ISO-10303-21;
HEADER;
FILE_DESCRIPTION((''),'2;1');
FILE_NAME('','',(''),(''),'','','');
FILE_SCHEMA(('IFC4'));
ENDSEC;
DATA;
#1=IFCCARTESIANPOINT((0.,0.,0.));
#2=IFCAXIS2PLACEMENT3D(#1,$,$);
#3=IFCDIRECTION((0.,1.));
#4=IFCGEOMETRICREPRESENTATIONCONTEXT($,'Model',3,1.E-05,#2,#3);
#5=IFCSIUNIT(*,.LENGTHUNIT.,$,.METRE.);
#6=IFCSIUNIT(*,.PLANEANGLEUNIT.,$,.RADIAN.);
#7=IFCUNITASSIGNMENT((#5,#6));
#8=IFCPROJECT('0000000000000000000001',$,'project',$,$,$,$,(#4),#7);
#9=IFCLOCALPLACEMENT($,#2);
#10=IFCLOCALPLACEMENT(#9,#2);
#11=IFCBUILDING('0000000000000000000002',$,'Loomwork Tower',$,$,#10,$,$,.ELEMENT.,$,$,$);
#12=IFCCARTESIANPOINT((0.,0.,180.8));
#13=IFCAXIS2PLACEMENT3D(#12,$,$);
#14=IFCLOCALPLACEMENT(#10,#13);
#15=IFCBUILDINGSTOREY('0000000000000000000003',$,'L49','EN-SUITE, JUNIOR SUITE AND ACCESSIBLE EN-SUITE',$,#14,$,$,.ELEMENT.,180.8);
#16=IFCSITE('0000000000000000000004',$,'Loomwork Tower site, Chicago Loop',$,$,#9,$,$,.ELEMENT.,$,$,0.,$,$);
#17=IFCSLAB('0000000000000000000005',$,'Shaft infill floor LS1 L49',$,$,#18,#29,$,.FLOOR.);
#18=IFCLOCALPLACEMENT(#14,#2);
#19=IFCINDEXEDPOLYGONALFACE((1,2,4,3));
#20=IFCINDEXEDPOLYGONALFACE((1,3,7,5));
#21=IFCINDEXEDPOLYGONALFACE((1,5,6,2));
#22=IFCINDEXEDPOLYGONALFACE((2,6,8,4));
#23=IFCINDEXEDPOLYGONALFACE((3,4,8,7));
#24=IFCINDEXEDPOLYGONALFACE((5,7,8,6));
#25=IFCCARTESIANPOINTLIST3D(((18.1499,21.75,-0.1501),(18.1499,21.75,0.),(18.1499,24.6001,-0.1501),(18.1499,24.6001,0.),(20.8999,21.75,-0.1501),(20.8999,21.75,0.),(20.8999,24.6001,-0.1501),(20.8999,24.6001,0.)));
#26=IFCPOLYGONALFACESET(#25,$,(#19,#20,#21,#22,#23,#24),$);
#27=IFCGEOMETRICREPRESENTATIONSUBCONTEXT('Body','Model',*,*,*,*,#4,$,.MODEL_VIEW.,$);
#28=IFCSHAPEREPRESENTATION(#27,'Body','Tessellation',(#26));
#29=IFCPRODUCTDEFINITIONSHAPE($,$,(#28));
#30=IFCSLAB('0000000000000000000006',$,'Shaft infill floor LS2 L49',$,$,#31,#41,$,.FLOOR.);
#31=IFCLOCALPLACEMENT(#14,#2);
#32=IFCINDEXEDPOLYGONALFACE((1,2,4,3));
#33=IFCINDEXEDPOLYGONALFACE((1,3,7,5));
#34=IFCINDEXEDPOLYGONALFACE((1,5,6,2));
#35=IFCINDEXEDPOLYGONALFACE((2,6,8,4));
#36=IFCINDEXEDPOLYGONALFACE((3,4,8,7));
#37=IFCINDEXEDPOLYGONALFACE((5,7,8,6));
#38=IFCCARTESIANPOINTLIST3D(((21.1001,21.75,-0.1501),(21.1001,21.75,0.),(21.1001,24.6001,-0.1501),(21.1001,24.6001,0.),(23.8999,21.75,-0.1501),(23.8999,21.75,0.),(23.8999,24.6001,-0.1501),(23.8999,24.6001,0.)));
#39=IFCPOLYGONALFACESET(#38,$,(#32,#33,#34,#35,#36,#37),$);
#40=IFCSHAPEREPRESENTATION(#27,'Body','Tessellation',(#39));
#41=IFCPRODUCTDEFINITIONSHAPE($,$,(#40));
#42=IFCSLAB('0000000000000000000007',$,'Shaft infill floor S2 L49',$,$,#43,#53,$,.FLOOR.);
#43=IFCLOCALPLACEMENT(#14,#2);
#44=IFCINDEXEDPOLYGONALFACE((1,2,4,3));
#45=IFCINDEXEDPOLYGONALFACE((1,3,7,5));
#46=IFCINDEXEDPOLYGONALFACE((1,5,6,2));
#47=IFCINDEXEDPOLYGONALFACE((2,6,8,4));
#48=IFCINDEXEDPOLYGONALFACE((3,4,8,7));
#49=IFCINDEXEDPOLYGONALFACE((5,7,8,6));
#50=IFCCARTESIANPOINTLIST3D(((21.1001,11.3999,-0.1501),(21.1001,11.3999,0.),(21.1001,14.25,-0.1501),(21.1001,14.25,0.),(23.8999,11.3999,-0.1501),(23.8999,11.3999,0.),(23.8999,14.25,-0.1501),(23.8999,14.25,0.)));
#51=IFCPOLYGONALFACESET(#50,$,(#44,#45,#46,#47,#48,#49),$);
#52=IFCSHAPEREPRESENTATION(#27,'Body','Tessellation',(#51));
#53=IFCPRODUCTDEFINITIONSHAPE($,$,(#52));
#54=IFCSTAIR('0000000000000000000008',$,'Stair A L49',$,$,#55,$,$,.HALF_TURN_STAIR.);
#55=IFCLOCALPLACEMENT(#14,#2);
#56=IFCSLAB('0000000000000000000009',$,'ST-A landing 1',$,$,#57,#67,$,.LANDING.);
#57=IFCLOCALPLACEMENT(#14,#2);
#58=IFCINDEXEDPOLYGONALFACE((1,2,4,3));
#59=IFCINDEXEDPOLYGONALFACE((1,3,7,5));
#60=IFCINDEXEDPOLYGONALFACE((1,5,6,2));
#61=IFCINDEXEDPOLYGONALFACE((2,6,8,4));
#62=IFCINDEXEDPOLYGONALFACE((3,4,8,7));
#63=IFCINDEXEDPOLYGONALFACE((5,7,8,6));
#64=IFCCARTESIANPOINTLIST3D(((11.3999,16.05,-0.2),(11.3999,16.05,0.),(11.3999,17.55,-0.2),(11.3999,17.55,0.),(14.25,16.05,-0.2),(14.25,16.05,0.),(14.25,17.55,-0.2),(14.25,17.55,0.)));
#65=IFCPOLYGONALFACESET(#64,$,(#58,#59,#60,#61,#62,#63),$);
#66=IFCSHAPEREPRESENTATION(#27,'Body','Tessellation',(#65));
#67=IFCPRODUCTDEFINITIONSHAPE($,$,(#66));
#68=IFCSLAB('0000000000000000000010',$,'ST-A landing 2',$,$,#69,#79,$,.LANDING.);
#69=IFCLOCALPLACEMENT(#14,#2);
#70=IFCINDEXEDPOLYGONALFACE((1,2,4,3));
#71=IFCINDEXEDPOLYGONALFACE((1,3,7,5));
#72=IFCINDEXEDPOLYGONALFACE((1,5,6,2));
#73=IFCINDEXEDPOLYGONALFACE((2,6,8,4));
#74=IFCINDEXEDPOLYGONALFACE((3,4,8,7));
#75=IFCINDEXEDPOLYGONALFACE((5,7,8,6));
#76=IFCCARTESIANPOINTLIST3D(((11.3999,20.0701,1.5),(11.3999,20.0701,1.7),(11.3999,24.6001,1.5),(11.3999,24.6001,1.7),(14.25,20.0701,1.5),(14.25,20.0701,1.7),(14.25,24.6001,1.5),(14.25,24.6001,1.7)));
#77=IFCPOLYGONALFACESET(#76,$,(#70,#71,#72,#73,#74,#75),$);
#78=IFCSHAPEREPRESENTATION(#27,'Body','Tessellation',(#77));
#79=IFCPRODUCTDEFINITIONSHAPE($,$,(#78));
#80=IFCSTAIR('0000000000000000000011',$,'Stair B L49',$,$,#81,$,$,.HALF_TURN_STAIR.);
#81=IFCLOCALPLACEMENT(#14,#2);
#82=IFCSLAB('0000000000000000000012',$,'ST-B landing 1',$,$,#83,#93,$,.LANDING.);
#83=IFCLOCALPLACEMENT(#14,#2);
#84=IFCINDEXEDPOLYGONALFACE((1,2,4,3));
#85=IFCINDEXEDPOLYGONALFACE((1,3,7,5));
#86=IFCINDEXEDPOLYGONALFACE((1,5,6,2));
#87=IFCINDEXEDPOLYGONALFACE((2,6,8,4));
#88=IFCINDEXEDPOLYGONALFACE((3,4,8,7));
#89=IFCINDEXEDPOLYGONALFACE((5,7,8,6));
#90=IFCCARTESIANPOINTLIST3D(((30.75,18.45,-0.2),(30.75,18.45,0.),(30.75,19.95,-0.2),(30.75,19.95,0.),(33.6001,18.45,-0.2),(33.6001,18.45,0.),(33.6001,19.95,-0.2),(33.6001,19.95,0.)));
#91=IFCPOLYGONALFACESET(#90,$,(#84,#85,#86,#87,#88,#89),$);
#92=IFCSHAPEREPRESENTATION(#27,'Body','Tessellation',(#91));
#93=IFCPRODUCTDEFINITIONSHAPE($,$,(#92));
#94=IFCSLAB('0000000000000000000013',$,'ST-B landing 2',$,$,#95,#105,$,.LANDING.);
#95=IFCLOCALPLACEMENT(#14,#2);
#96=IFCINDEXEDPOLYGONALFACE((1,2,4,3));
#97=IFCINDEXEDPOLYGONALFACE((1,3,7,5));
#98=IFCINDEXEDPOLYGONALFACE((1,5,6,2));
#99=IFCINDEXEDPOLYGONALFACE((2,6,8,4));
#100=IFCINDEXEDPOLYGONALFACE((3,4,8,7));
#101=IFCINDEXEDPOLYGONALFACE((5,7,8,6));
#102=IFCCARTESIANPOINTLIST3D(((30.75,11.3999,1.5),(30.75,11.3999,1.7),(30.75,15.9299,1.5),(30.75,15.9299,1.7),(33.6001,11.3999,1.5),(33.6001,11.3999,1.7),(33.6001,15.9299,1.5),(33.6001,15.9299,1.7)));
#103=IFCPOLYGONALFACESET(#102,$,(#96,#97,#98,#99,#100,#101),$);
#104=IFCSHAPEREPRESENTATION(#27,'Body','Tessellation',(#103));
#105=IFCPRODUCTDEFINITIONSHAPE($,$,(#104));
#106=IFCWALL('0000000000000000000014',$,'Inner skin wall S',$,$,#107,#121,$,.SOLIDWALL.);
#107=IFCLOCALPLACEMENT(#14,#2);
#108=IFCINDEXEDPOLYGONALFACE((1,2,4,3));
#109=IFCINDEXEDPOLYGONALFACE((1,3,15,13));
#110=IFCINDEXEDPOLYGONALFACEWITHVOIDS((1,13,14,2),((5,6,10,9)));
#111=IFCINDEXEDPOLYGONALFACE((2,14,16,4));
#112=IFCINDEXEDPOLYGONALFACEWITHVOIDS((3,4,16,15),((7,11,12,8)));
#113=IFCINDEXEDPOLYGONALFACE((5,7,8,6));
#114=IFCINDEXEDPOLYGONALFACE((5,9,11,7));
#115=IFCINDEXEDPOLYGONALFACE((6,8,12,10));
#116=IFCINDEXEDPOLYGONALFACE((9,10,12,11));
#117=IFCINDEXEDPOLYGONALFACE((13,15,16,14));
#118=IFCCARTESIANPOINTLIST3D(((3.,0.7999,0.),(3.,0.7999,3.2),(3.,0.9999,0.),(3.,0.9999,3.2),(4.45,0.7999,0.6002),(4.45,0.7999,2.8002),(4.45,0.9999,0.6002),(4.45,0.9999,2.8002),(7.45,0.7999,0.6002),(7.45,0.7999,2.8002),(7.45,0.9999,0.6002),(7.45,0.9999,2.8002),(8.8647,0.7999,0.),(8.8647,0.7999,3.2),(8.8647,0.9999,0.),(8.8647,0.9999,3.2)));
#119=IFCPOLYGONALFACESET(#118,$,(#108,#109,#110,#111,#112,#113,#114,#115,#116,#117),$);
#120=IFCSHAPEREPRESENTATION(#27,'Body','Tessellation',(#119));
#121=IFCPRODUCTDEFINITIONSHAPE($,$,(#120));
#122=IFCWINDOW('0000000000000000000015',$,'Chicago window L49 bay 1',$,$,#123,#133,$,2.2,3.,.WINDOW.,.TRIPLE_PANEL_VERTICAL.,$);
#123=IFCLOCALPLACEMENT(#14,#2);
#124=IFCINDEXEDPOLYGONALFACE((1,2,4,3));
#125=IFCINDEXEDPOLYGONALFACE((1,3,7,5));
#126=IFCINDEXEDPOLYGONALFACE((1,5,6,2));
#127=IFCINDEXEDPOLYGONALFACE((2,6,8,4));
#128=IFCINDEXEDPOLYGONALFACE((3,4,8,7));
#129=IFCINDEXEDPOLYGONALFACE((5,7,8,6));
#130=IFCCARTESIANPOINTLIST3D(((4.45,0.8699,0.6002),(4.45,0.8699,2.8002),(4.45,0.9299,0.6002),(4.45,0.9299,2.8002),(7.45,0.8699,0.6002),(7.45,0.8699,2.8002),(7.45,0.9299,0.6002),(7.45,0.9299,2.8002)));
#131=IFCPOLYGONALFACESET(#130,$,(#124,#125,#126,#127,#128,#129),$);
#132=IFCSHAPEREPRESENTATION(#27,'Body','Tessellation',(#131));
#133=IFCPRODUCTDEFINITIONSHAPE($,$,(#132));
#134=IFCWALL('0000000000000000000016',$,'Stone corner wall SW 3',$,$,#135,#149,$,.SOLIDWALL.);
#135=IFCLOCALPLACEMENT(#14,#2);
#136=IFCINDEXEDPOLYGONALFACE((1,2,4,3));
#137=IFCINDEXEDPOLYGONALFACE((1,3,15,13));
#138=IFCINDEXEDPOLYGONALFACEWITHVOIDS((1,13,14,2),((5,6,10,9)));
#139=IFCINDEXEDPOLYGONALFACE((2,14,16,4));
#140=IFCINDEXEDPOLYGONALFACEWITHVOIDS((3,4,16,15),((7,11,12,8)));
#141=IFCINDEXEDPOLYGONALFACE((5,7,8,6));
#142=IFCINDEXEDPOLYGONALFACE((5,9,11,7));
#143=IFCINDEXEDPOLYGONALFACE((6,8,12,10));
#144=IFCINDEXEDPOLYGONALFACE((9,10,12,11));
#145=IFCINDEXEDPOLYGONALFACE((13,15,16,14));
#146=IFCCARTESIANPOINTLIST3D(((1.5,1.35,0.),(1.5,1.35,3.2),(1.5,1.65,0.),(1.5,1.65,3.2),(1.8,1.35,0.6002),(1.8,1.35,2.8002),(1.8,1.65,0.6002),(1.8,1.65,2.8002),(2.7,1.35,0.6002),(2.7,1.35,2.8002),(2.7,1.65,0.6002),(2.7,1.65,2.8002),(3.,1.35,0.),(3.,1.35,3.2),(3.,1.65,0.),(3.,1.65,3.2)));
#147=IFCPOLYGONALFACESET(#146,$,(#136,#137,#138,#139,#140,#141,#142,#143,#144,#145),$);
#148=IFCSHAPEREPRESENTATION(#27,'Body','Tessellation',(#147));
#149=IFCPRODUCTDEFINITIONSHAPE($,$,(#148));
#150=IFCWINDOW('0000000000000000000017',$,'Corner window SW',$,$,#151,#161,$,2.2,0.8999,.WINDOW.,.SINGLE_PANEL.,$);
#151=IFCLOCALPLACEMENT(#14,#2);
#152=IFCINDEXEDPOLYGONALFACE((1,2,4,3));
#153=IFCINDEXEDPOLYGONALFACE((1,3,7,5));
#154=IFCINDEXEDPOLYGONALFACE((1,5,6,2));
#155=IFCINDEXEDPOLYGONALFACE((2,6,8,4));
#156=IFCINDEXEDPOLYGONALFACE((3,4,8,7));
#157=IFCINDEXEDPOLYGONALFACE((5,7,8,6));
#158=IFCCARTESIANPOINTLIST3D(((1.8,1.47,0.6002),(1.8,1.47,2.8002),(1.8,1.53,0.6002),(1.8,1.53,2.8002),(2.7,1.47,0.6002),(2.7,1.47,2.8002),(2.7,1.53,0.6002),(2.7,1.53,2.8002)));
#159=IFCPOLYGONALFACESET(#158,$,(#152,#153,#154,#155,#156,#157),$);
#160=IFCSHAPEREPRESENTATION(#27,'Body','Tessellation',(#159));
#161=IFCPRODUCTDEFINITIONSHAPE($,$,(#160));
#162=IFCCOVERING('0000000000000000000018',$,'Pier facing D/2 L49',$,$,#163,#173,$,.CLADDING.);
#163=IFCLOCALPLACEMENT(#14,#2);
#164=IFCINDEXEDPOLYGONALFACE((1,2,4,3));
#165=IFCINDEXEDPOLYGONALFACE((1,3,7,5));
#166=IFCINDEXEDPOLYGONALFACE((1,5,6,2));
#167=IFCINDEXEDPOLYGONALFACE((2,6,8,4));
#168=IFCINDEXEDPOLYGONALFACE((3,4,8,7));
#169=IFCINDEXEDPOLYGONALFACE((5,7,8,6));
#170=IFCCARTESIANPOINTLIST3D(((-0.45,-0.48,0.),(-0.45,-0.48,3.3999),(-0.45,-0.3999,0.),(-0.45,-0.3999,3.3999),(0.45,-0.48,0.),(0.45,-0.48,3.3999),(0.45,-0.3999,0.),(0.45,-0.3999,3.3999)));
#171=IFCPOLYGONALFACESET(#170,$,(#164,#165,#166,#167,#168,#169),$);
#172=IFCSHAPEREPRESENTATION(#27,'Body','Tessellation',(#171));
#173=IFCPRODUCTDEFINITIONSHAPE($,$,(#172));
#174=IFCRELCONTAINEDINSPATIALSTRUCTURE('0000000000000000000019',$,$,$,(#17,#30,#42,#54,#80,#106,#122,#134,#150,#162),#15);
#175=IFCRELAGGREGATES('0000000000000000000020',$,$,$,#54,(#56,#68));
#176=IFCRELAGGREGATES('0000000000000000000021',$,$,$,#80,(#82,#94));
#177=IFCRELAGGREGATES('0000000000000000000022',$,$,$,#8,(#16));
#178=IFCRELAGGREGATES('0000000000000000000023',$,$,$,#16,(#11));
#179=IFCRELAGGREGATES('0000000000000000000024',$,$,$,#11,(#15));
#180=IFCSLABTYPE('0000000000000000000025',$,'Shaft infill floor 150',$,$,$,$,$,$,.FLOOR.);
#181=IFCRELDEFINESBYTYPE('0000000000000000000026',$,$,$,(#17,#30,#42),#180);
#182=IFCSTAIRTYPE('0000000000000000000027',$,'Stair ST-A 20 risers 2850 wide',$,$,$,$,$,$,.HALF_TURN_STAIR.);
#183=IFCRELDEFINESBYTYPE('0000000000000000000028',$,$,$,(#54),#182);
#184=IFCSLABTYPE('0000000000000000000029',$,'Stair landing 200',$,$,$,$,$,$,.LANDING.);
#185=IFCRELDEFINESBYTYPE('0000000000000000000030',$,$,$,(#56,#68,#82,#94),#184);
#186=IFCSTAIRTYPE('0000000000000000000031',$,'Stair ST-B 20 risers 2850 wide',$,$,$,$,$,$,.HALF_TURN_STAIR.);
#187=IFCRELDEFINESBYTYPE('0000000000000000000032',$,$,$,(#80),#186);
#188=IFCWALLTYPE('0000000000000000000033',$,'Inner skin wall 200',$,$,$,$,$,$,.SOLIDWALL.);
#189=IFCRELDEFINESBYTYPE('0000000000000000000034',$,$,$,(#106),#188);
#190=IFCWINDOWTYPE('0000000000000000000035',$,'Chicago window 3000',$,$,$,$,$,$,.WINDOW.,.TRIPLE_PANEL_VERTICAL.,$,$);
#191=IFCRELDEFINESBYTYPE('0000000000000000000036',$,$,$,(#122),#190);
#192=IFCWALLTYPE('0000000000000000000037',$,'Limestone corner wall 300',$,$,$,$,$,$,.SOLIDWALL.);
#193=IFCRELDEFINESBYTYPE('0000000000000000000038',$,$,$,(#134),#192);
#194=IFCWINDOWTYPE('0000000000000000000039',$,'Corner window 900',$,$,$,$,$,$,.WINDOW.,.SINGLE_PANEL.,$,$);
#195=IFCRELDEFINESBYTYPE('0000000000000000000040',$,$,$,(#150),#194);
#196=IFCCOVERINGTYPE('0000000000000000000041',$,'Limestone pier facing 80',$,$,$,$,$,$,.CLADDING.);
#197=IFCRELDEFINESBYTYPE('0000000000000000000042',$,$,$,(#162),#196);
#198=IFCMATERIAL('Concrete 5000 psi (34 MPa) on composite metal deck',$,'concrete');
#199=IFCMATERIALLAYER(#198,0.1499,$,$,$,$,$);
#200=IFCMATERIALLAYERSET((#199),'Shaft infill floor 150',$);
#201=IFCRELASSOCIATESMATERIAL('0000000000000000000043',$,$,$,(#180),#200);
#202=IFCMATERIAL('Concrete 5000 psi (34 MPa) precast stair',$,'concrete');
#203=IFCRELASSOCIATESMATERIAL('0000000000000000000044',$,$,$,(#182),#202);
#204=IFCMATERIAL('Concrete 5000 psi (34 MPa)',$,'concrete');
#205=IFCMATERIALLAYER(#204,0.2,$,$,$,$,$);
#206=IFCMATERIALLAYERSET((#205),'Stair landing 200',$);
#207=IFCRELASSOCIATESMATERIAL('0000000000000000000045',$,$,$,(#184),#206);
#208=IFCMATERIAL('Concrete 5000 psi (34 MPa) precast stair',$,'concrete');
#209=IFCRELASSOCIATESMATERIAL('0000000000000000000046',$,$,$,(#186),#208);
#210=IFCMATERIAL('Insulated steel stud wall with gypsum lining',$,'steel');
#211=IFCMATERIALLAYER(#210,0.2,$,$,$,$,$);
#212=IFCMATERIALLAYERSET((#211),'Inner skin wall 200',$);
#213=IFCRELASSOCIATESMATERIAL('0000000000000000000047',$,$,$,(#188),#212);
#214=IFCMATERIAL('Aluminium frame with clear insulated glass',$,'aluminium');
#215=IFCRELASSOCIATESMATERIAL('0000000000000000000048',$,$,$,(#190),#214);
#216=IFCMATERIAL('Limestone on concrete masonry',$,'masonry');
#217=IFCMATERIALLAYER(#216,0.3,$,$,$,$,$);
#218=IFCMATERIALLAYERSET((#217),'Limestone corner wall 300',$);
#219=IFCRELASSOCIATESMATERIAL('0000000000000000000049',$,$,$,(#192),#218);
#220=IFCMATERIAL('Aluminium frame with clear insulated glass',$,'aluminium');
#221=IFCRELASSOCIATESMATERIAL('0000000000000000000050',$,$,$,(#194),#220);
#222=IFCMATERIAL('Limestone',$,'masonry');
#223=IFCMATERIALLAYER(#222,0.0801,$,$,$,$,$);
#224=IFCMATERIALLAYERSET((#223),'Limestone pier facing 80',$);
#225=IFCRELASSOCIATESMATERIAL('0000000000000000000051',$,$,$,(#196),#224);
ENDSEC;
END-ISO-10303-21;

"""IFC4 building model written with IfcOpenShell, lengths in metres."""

from ifc_helpers import new_model, si_unit, direction, frame, frame_2d, origin, origin_2d, place, context, subcontext, project, spatial, polyline, rectangle, outline, extrude, material, layer, layer_set, type_object, element, fill, aggregate, save


model = new_model("IFC4")

# Units and contexts
model_context = context("Model", 3, precision=1e-05, world=origin(), true_north=direction((0.0, 1.0)))
body_context = subcontext(model_context, "Body", "Model", "MODEL_VIEW")
ifc_project = project(units=[si_unit("LENGTHUNIT", "METRE"), si_unit("PLANEANGLEUNIT", "RADIAN")], contexts=[model_context])

# Site, building, storey
site_placement = place(None, origin())
site = spatial("IfcSite", under=ifc_project, at=site_placement, Name="Loomwork Tower site, Chicago Loop", CompositionType="ELEMENT", RefElevation=0.0)
building_placement = place(site_placement, origin())
building = spatial("IfcBuilding", under=site, at=building_placement, Name="Loomwork Tower", CompositionType="ELEMENT")
storey_placement = place(building_placement, frame((0.0, 0.0, 180.8)))
storey = spatial("IfcBuildingStorey", under=building, at=storey_placement, Name="L49", Description="EN-SUITE, JUNIOR SUITE AND ACCESSIBLE EN-SUITE", CompositionType="ELEMENT", Elevation=180.8)

# Slabs
ifc_material_1 = material(Name="Concrete 5000 psi (34 MPa) on composite metal deck", Category="concrete")
ifc_layer_1 = layer(ifc_material_1, 0.1499)
ifc_layer_set_1 = layer_set([ifc_layer_1], Name="Shaft infill floor 150")
slab_type_1 = type_object("IfcSlabType", Name="Shaft infill floor 150", PredefinedType="FLOOR", material=ifc_layer_set_1)
slab_1_placement = place(storey_placement, frame((0.0, 0.0, -0.1501)))
element("IfcSlab", 1, at=slab_1_placement, inside=storey, type_object=slab_type_1, Name="Shaft infill floor LS1 L49", PredefinedType="FLOOR", context=body_context, shape_type="SweptSolid", body=[
    extrude(outline(polyline([(18.1499, 21.75), (20.8999, 21.75), (20.8999, 24.6001), (18.1499, 24.6001), (18.1499, 21.75)])), origin(), (0.0, 0.0, 1.0), 0.1501),
])
slab_2_placement = place(storey_placement, frame((0.0, 0.0, -0.1501)))
element("IfcSlab", 2, at=slab_2_placement, inside=storey, type_object=slab_type_1, Name="Shaft infill floor LS2 L49", PredefinedType="FLOOR", context=body_context, shape_type="SweptSolid", body=[
    extrude(outline(polyline([(21.1001, 21.75), (23.8999, 21.75), (23.8999, 24.6001), (21.1001, 24.6001), (21.1001, 21.75)])), origin(), (0.0, 0.0, 1.0), 0.1501),
])
slab_3_placement = place(storey_placement, frame((0.0, 0.0, -0.1501)))
element("IfcSlab", 3, at=slab_3_placement, inside=storey, type_object=slab_type_1, Name="Shaft infill floor S2 L49", PredefinedType="FLOOR", context=body_context, shape_type="SweptSolid", body=[
    extrude(outline(polyline([(21.1001, 11.3999), (23.8999, 11.3999), (23.8999, 14.25), (21.1001, 14.25), (21.1001, 11.3999)])), origin(), (0.0, 0.0, 1.0), 0.1501),
])

# Stairs, slabs
ifc_material_2 = material(Name="Concrete 5000 psi (34 MPa) precast stair", Category="concrete")
stair_type_1 = type_object("IfcStairType", Name="Stair ST-A 20 risers 2850 wide", PredefinedType="HALF_TURN_STAIR", material=ifc_material_2)
stair_1_placement = place(storey_placement, origin())
stair_1 = element("IfcStair", 4, at=stair_1_placement, inside=storey, type_object=stair_type_1, Name="Stair A L49", PredefinedType="HALF_TURN_STAIR")
ifc_material_3 = material(Name="Concrete 5000 psi (34 MPa)", Category="concrete")
ifc_layer_2 = layer(ifc_material_3, 0.2)
ifc_layer_set_2 = layer_set([ifc_layer_2], Name="Stair landing 200")
slab_type_2 = type_object("IfcSlabType", Name="Stair landing 200", PredefinedType="LANDING", material=ifc_layer_set_2)
slab_4_placement = place(storey_placement, frame((0.0, 0.0, -0.2)))
slab_4 = element("IfcSlab", 5, at=slab_4_placement, type_object=slab_type_2, Name="ST-A landing 1", PredefinedType="LANDING", context=body_context, shape_type="SweptSolid", body=[
    extrude(outline(polyline([(11.3999, 16.05), (14.25, 16.05), (14.25, 17.55), (11.3999, 17.55), (11.3999, 16.05)])), origin(), (0.0, 0.0, 1.0), 0.2),
])
slab_5_placement = place(storey_placement, frame((0.0, 0.0, 1.5)))
slab_5 = element("IfcSlab", 6, at=slab_5_placement, type_object=slab_type_2, Name="ST-A landing 2", PredefinedType="LANDING", context=body_context, shape_type="SweptSolid", body=[
    extrude(outline(polyline([(11.3999, 20.0701), (14.25, 20.0701), (14.25, 24.6001), (11.3999, 24.6001), (11.3999, 20.0701)])), origin(), (0.0, 0.0, 1.0), 0.2),
])
aggregate(stair_1, [slab_4, slab_5])
ifc_material_4 = material(Name="Concrete 5000 psi (34 MPa) precast stair", Category="concrete")
stair_type_2 = type_object("IfcStairType", Name="Stair ST-B 20 risers 2850 wide", PredefinedType="HALF_TURN_STAIR", material=ifc_material_4)
stair_2_placement = place(storey_placement, origin())
stair_2 = element("IfcStair", 7, at=stair_2_placement, inside=storey, type_object=stair_type_2, Name="Stair B L49", PredefinedType="HALF_TURN_STAIR")
slab_6_placement = place(storey_placement, frame((0.0, 0.0, -0.2)))
slab_6 = element("IfcSlab", 8, at=slab_6_placement, type_object=slab_type_2, Name="ST-B landing 1", PredefinedType="LANDING", context=body_context, shape_type="SweptSolid", body=[
    extrude(outline(polyline([(30.75, 18.45), (33.6001, 18.45), (33.6001, 19.95), (30.75, 19.95), (30.75, 18.45)])), origin(), (0.0, 0.0, 1.0), 0.2),
])
slab_7_placement = place(storey_placement, frame((0.0, 0.0, 1.5)))
slab_7 = element("IfcSlab", 9, at=slab_7_placement, type_object=slab_type_2, Name="ST-B landing 2", PredefinedType="LANDING", context=body_context, shape_type="SweptSolid", body=[
    extrude(outline(polyline([(30.75, 11.3999), (33.6001, 11.3999), (33.6001, 15.9299), (30.75, 15.9299), (30.75, 11.3999)])), origin(), (0.0, 0.0, 1.0), 0.2),
])
aggregate(stair_2, [slab_6, slab_7])

# Walls, openings, windows
ifc_material_5 = material(Name="Insulated steel stud wall with gypsum lining", Category="steel")
ifc_layer_3 = layer(ifc_material_5, 0.2)
ifc_layer_set_3 = layer_set([ifc_layer_3], Name="Inner skin wall 200")
wall_type_1 = type_object("IfcWallType", Name="Inner skin wall 200", PredefinedType="SOLIDWALL", material=ifc_layer_set_3)
wall_1_placement = place(storey_placement, frame((3.0, 0.8999, 0.0), z_axis=(0.0, 0.0, 1.0), x_axis=(1.0, 0.0, 0.0)))
wall_1 = element("IfcWall", 10, at=wall_1_placement, inside=storey, type_object=wall_type_1, Name="Inner skin wall S", PredefinedType="SOLIDWALL", context=body_context, shape_type="SweptSolid", body=[
    extrude(rectangle(XDim=5.8647, YDim=0.2, at=frame_2d((2.9324, 0.0))), origin(), (0.0, 0.0, 1.0), 3.2),
])
opening_1_placement = place(wall_1_placement, frame((1.45, 0.0, 0.6001)))
opening_1 = element("IfcOpeningElement", 11, at=opening_1_placement, cuts=wall_1, PredefinedType="OPENING", context=body_context, shape_type="SweptSolid", body=[
    extrude(rectangle(XDim=3.0, YDim=2.2, at=frame_2d((1.5, 1.1001))), frame((0.0, 0.1099, 0.0), z_axis=(0.0, -1.0, 0.0), x_axis=(1.0, 0.0, 0.0)), (0.0, 0.0, 1.0), 0.22),
])
ifc_material_6 = material(Name="Aluminium frame with clear insulated glass", Category="aluminium")
window_type_1 = type_object("IfcWindowType", Name="Chicago window 3000", PartitioningType="TRIPLE_PANEL_VERTICAL", PredefinedType="WINDOW", material=ifc_material_6)
window_1_placement = place(opening_1_placement, origin())
window_1 = element("IfcWindow", 12, at=window_1_placement, inside=storey, type_object=window_type_1, Name="Chicago window L49 bay 1", OverallHeight=2.2, OverallWidth=3.0, PartitioningType="TRIPLE_PANEL_VERTICAL", PredefinedType="WINDOW", context=body_context, shape_type="SweptSolid", body=[
    extrude(rectangle(XDim=3.0, YDim=2.2, at=frame_2d((1.5, 1.1001))), frame((0.0, 0.03, 0.0), z_axis=(0.0, -1.0, 0.0), x_axis=(1.0, 0.0, 0.0)), (0.0, 0.0, 1.0), 0.0601),
])
fill(opening_1, window_1)
ifc_material_7 = material(Name="Limestone on concrete masonry", Category="masonry")
ifc_layer_4 = layer(ifc_material_7, 0.3)
ifc_layer_set_4 = layer_set([ifc_layer_4], Name="Limestone corner wall 300")
wall_type_2 = type_object("IfcWallType", Name="Limestone corner wall 300", PredefinedType="SOLIDWALL", material=ifc_layer_set_4)
wall_2_placement = place(storey_placement, frame((1.5, 1.5, 0.0), z_axis=(0.0, 0.0, 1.0), x_axis=(1.0, 0.0, 0.0)))
wall_2 = element("IfcWall", 13, at=wall_2_placement, inside=storey, type_object=wall_type_2, Name="Stone corner wall SW 3", PredefinedType="SOLIDWALL", context=body_context, shape_type="SweptSolid", body=[
    extrude(rectangle(XDim=1.5, YDim=0.3, at=frame_2d((0.75, 0.0))), origin(), (0.0, 0.0, 1.0), 3.2),
])
opening_2_placement = place(wall_2_placement, frame((0.3, 0.0, 0.6001)))
opening_2 = element("IfcOpeningElement", 14, at=opening_2_placement, cuts=wall_2, PredefinedType="OPENING", context=body_context, shape_type="SweptSolid", body=[
    extrude(rectangle(XDim=0.8999, YDim=2.2, at=frame_2d((0.45, 1.1001))), frame((0.0, 0.1599, 0.0), z_axis=(0.0, -1.0, 0.0), x_axis=(1.0, 0.0, 0.0)), (0.0, 0.0, 1.0), 0.3201),
])
ifc_material_8 = material(Name="Aluminium frame with clear insulated glass", Category="aluminium")
window_type_2 = type_object("IfcWindowType", Name="Corner window 900", PartitioningType="SINGLE_PANEL", PredefinedType="WINDOW", material=ifc_material_8)
window_2_placement = place(opening_2_placement, origin())
window_2 = element("IfcWindow", 15, at=window_2_placement, inside=storey, type_object=window_type_2, Name="Corner window SW", OverallHeight=2.2, OverallWidth=0.8999, PartitioningType="SINGLE_PANEL", PredefinedType="WINDOW", context=body_context, shape_type="SweptSolid", body=[
    extrude(rectangle(XDim=0.8999, YDim=2.2, at=frame_2d((0.45, 1.1001))), frame((0.0, 0.03, 0.0), z_axis=(0.0, -1.0, 0.0), x_axis=(1.0, 0.0, 0.0)), (0.0, 0.0, 1.0), 0.0601),
])
fill(opening_2, window_2)

# Covering
ifc_material_9 = material(Name="Limestone", Category="masonry")
ifc_layer_5 = layer(ifc_material_9, 0.0801)
ifc_layer_set_5 = layer_set([ifc_layer_5], Name="Limestone pier facing 80")
covering_type_1 = type_object("IfcCoveringType", Name="Limestone pier facing 80", PredefinedType="CLADDING", material=ifc_layer_set_5)
covering_1_placement = place(storey_placement, frame((0.0, -0.4399, 0.0), z_axis=(0.0, 0.0, 1.0), x_axis=(1.0, 0.0, 0.0)))
element("IfcCovering", 16, at=covering_1_placement, inside=storey, type_object=covering_type_1, Name="Pier facing D/2 L49", PredefinedType="CLADDING", context=body_context, shape_type="SweptSolid", body=[
    extrude(rectangle(XDim=0.8999, YDim=0.0801, at=origin_2d()), origin(), (0.0, 0.0, 1.0), 3.3999),
])

save(model, "model.ifc")
